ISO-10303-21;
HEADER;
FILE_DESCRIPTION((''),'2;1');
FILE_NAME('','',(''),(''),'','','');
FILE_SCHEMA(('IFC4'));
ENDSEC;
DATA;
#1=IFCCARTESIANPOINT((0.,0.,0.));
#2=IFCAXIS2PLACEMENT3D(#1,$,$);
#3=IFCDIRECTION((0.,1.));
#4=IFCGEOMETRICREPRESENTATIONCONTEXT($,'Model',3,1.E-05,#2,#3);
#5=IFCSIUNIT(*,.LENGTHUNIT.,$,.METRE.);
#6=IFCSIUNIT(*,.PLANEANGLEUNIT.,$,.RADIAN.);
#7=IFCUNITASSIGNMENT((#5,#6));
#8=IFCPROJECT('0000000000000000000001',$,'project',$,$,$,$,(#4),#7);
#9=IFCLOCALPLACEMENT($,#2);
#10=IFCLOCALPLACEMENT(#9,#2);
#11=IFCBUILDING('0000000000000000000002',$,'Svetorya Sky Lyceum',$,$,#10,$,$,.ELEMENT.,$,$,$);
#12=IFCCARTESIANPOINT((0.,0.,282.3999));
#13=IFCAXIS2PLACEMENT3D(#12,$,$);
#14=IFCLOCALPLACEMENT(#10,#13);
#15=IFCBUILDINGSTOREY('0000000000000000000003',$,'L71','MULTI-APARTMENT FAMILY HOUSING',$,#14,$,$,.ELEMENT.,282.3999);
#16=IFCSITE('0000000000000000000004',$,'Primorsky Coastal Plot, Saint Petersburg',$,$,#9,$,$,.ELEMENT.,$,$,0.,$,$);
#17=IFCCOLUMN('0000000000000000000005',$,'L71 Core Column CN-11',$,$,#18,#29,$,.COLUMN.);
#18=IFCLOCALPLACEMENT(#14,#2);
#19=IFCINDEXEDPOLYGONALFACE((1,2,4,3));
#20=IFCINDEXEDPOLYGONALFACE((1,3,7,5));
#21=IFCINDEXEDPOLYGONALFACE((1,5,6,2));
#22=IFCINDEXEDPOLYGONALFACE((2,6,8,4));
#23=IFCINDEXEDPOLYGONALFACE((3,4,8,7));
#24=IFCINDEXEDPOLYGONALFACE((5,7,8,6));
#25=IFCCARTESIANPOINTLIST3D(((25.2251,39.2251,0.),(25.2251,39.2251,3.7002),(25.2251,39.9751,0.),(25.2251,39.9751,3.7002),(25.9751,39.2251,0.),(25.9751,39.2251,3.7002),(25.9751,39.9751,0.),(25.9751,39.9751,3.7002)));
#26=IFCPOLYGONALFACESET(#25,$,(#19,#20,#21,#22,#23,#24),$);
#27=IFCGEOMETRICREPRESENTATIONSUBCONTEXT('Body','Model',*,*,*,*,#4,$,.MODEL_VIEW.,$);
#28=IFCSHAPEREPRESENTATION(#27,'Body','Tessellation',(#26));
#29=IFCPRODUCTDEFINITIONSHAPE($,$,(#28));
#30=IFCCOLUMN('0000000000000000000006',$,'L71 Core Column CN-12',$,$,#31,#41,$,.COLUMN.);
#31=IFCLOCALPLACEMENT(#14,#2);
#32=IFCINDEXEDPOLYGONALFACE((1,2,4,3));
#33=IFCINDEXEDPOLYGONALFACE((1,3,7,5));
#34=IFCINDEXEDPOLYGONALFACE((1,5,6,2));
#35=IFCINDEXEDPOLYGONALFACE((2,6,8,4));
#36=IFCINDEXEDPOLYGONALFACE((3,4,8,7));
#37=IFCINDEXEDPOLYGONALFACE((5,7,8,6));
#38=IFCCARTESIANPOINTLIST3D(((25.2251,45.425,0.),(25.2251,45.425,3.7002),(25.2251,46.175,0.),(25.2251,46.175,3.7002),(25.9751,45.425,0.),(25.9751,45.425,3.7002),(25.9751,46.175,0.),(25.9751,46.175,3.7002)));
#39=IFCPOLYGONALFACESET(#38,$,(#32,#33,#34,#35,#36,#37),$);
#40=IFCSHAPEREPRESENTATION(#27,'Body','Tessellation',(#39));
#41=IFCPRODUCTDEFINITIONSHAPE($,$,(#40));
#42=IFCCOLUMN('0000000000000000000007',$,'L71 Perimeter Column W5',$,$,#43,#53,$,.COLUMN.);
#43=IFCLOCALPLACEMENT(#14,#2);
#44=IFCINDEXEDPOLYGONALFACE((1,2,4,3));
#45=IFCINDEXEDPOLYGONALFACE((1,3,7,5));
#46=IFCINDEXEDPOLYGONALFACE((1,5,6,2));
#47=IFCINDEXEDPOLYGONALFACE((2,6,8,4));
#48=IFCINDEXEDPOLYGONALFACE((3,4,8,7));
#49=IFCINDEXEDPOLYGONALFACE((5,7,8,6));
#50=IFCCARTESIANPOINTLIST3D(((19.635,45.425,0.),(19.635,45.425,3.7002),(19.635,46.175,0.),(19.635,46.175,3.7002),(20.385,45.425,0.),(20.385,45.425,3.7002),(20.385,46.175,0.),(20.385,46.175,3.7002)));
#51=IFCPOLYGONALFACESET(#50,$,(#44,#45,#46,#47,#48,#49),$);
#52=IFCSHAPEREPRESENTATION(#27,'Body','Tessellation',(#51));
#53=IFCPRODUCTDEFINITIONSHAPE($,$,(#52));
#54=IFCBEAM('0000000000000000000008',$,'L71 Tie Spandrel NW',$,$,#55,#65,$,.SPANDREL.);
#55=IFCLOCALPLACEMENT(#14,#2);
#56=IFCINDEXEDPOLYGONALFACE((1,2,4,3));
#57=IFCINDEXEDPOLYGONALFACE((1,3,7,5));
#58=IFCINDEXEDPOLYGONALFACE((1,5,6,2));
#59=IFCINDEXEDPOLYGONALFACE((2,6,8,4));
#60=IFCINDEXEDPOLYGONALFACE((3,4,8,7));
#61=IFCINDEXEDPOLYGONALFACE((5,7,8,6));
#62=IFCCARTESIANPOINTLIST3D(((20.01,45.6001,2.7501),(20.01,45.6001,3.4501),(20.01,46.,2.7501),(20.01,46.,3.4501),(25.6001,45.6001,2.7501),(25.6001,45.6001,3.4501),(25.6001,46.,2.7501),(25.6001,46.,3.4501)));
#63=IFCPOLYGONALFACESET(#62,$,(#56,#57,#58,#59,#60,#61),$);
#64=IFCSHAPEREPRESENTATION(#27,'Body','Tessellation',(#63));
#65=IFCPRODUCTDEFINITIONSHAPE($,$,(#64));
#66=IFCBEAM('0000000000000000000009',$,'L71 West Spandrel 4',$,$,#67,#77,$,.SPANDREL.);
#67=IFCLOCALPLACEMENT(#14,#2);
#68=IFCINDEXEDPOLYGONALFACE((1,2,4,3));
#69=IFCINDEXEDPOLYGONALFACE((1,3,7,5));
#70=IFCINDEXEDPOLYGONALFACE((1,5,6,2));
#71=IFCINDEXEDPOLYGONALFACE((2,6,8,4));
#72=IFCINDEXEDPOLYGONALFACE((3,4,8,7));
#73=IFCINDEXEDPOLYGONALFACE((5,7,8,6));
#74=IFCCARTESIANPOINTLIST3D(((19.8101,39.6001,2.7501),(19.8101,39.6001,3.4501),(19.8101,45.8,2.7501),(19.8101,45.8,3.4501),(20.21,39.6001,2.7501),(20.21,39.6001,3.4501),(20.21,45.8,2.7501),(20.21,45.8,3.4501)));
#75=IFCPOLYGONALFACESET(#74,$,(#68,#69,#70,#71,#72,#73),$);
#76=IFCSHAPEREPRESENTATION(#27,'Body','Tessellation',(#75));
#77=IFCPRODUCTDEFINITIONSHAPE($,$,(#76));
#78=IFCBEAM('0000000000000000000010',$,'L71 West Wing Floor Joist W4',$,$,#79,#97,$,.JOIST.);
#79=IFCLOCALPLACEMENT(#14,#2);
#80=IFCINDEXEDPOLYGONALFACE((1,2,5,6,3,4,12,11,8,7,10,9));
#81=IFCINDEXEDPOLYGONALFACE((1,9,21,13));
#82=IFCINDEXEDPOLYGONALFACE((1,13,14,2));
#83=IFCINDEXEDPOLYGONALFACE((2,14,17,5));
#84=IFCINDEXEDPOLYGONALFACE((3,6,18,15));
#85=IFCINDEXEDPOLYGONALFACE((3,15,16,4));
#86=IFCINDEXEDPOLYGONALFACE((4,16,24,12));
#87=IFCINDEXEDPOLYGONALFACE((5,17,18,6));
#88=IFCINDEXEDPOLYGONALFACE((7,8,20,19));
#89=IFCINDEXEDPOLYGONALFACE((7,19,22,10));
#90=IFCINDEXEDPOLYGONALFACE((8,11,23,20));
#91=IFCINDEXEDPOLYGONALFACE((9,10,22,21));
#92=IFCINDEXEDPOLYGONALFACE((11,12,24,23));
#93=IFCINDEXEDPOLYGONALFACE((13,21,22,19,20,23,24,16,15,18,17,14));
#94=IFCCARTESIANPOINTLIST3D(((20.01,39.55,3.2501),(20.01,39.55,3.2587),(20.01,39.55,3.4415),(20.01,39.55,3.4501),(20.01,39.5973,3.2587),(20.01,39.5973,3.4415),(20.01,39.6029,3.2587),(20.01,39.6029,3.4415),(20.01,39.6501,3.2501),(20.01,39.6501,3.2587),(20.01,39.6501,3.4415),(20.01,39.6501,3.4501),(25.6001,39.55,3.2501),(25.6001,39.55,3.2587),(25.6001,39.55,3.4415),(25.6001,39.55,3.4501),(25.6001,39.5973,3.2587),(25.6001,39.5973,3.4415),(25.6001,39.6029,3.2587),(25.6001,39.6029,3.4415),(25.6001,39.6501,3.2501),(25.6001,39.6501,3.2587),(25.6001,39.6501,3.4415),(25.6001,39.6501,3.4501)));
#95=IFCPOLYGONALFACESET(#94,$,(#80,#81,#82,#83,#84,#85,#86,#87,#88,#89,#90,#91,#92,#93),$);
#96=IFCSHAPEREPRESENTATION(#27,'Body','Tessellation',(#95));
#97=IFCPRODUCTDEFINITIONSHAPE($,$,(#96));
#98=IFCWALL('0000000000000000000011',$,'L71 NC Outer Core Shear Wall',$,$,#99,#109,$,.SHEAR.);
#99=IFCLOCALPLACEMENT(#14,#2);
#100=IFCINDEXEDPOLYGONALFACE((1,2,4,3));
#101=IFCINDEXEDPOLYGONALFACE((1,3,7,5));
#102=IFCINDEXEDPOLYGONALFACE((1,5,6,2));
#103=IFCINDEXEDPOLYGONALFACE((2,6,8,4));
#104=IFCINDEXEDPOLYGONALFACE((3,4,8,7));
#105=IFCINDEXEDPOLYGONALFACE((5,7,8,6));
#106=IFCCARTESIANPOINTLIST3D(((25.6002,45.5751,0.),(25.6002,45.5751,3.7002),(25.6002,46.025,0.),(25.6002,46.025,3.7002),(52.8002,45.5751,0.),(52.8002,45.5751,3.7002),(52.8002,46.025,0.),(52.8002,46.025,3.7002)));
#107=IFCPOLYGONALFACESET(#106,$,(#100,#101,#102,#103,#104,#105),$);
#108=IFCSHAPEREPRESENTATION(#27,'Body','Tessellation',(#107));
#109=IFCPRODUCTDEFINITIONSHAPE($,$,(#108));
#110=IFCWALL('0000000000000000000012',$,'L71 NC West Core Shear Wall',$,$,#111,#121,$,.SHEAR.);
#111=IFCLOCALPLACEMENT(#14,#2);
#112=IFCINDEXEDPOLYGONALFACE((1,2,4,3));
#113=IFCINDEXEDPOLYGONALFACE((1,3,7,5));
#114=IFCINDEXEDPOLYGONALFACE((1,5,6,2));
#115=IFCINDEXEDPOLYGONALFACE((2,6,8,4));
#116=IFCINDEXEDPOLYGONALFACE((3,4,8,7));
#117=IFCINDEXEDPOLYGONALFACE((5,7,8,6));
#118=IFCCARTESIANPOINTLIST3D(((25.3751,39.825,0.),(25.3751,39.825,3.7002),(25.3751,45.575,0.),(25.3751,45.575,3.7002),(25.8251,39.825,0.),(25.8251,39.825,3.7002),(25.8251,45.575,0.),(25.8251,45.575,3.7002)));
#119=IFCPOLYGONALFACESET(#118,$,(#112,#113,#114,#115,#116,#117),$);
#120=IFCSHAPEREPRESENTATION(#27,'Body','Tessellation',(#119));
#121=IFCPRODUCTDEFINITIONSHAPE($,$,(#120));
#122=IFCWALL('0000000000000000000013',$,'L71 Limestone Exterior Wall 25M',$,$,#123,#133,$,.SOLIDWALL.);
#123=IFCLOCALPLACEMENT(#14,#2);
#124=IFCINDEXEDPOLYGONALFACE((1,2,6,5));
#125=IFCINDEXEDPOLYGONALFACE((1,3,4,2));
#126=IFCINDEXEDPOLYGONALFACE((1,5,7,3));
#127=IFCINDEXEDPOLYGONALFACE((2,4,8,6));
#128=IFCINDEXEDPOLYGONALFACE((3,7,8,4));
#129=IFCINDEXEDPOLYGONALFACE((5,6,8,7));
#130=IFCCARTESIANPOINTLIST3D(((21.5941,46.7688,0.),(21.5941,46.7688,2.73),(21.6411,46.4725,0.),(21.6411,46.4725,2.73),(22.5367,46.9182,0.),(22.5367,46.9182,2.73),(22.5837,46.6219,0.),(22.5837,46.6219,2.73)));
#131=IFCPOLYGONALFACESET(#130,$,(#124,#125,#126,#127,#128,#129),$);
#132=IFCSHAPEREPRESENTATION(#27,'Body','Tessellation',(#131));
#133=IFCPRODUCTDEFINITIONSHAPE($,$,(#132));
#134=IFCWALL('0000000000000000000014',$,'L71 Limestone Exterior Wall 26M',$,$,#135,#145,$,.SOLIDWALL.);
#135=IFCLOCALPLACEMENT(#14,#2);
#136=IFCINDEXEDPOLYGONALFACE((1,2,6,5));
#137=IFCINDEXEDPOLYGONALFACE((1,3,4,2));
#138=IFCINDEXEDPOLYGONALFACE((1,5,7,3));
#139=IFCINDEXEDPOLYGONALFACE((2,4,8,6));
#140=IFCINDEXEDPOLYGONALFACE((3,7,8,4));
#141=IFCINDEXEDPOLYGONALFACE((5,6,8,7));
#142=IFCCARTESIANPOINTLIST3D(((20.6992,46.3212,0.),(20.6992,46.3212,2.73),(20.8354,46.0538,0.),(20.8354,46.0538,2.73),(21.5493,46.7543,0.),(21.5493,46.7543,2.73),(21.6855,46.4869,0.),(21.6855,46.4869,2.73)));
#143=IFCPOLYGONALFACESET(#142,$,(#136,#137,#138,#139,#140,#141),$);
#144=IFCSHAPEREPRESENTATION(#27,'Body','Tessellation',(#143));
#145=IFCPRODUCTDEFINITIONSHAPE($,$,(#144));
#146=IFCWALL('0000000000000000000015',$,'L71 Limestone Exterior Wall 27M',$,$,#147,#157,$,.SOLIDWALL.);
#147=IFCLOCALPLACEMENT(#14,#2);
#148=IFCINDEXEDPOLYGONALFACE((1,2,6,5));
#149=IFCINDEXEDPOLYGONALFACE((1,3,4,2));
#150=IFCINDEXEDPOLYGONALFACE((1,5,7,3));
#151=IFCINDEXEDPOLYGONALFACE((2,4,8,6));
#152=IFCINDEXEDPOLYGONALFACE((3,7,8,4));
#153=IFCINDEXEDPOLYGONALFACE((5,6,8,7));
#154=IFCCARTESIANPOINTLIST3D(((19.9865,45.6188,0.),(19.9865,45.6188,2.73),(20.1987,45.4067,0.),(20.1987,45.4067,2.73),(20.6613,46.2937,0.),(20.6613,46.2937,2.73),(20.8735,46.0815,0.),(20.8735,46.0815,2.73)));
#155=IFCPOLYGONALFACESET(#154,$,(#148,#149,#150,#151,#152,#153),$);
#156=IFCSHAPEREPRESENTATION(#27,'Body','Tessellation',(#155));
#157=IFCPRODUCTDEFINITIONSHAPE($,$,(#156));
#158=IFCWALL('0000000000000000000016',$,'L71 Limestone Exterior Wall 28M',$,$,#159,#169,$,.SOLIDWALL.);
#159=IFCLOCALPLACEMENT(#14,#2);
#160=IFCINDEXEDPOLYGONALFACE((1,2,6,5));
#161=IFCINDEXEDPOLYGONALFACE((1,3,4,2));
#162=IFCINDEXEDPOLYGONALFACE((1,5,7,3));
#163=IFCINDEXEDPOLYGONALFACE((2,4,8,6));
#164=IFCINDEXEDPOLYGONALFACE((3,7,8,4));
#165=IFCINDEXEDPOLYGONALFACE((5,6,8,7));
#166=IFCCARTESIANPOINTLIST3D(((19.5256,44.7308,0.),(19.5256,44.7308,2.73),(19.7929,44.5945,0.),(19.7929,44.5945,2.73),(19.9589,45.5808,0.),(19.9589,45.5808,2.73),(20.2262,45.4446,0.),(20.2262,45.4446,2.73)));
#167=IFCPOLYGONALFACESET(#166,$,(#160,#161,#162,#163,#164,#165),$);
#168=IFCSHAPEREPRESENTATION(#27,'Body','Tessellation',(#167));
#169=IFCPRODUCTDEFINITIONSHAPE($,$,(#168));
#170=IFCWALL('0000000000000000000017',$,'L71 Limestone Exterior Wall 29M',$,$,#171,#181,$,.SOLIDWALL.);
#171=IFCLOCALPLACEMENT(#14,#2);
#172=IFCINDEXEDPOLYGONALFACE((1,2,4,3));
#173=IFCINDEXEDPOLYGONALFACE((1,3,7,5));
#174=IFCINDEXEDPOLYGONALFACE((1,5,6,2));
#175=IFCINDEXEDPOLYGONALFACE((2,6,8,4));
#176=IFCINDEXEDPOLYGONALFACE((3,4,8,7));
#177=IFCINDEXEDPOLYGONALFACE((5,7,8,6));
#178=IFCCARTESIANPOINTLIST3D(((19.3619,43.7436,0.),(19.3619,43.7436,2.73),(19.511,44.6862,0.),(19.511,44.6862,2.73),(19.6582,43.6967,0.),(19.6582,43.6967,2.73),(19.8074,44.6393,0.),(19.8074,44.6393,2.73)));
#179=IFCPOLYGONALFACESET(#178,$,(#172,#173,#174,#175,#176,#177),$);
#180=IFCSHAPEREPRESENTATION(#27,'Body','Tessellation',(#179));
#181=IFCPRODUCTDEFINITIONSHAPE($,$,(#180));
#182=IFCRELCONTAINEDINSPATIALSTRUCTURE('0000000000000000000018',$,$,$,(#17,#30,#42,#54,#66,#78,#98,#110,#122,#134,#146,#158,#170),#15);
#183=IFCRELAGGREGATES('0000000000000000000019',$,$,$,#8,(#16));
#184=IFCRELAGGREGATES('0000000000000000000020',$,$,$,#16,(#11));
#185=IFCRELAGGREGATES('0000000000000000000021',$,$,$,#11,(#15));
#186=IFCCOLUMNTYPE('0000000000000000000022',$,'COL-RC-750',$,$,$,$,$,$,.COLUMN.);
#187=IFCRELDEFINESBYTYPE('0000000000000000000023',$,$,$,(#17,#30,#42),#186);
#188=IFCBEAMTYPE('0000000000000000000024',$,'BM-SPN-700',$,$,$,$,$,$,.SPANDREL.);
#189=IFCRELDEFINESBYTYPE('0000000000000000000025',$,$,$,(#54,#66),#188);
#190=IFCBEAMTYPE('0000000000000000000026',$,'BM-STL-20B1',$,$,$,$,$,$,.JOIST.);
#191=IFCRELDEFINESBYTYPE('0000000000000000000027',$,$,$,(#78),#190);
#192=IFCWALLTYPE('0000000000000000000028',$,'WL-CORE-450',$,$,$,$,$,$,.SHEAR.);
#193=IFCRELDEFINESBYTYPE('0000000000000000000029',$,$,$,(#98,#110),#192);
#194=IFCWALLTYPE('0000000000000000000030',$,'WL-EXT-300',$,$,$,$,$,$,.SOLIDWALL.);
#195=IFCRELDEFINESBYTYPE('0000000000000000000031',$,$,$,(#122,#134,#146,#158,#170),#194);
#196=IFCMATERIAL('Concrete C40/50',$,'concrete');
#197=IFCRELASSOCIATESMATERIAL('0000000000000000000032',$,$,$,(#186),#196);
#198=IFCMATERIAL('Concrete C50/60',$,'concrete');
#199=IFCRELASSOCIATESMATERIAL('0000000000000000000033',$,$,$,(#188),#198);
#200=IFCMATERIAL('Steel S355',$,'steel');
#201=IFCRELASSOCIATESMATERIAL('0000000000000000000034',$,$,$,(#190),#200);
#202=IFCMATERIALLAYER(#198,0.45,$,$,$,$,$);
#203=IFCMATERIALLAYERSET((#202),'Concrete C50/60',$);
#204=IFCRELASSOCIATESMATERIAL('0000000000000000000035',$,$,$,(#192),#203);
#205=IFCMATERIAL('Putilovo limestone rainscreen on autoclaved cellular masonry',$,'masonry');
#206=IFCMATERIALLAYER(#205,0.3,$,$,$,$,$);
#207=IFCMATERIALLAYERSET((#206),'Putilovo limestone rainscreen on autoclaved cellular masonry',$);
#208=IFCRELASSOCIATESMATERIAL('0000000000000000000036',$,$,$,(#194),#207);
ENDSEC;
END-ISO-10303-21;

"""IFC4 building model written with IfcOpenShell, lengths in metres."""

from ifc_helpers import new_model, si_unit, direction, frame, frame_2d, origin, origin_2d, place, context, subcontext, project, spatial, rectangle, i_section, extrude, material, layer, layer_set, material_profile, profile_set, type_object, element, save


model = new_model("IFC4")

# Units and contexts
model_context = context("Model", 3, precision=1e-05, world=origin(), true_north=direction((0.0, 1.0)))
body_context = subcontext(model_context, "Body", "Model", "MODEL_VIEW")
ifc_project = project(units=[si_unit("LENGTHUNIT", "METRE"), si_unit("PLANEANGLEUNIT", "RADIAN")], contexts=[model_context])

# Site, building, storey
site_placement = place(None, origin())
site = spatial("IfcSite", under=ifc_project, at=site_placement, Name="Primorsky Coastal Plot, Saint Petersburg", CompositionType="ELEMENT", RefElevation=0.0)
building_placement = place(site_placement, origin())
building = spatial("IfcBuilding", under=site, at=building_placement, Name="Svetorya Sky Lyceum", CompositionType="ELEMENT")
storey_placement = place(building_placement, frame((0.0, 0.0, 282.3999)))
storey = spatial("IfcBuildingStorey", under=building, at=storey_placement, Name="L71", Description="MULTI-APARTMENT FAMILY HOUSING", CompositionType="ELEMENT", Elevation=282.3999)

# Columns
ifc_material_1 = material(Name="Concrete C40/50", Category="concrete")
ifc_material_profile_1 = material_profile(ifc_material_1, rectangle(XDim=0.75, YDim=0.75, at=origin_2d()), Name="RC COL 750x750")
ifc_profile_set_1 = profile_set([ifc_material_profile_1], Name="Concrete C40/50")
column_type = type_object("IfcColumnType", Name="COL-RC-750", PredefinedType="COLUMN", material=ifc_profile_set_1)
for number, where, z_axis, x_axis, name in (
    (1, (25.6001, 39.6001, 0.0), (0.0, 0.0, 1.0), (1.0, 0.0, 0.0), "L71 Core Column CN-11"),
    (2, (25.6001, 45.8, 0.0), (0.0, 0.0, 1.0), (1.0, 0.0, 0.0), "L71 Core Column CN-12"),
    (3, (20.01, 45.8, 0.0), (0.0, 0.0, 1.0), (1.0, 0.0, 0.0), "L71 Perimeter Column W5"),
):
    element("IfcColumn", number, at=place(storey_placement, frame(where, z_axis=z_axis, x_axis=x_axis)), inside=storey, type_object=column_type, Name=name, PredefinedType="COLUMN", context=body_context, shape_type="SweptSolid", body=[
        extrude(rectangle(XDim=0.75, YDim=0.75, at=origin_2d()), origin(), (0.0, 0.0, 1.0), 3.7002),
    ])

# Beams
ifc_material_2 = material(Name="Concrete C50/60", Category="concrete")
ifc_material_profile_2 = material_profile(ifc_material_2, rectangle(XDim=0.3999, YDim=0.7, at=origin_2d()), Name="RC SPANDREL 400x700")
ifc_profile_set_2 = profile_set([ifc_material_profile_2], Name="Concrete C50/60")
beam_type_1 = type_object("IfcBeamType", Name="BM-SPN-700", PredefinedType="SPANDREL", material=ifc_profile_set_2)
beam_1_placement = place(storey_placement, frame((20.01, 45.8, 3.1001), z_axis=(1.0, 0.0, 0.0), x_axis=(0.0, 1.0, 0.0)))
element("IfcBeam", 4, at=beam_1_placement, inside=storey, type_object=beam_type_1, Name="L71 Tie Spandrel NW", PredefinedType="SPANDREL", context=body_context, shape_type="SweptSolid", body=[
    extrude(rectangle(XDim=0.3999, YDim=0.7, at=origin_2d()), origin(), (0.0, 0.0, 1.0), 5.5901),
])
beam_2_placement = place(storey_placement, frame((20.01, 39.6001, 3.1001), z_axis=(0.0, 1.0, 0.0), x_axis=(-1.0, 0.0, 0.0)))
element("IfcBeam", 5, at=beam_2_placement, inside=storey, type_object=beam_type_1, Name="L71 West Spandrel 4", PredefinedType="SPANDREL", context=body_context, shape_type="SweptSolid", body=[
    extrude(rectangle(XDim=0.3999, YDim=0.7, at=origin_2d()), origin(), (0.0, 0.0, 1.0), 6.2),
])
ifc_material_3 = material(Name="Steel S355", Category="steel")
ifc_material_profile_3 = material_profile(ifc_material_3, i_section(OverallWidth=0.1001, OverallDepth=0.2, WebThickness=0.0056, FlangeThickness=0.0085, at=origin_2d()), Name="GOST 20B1")
ifc_profile_set_3 = profile_set([ifc_material_profile_3], Name="Steel S355")
beam_type_2 = type_object("IfcBeamType", Name="BM-STL-20B1", PredefinedType="JOIST", material=ifc_profile_set_3)
beam_3_placement = place(storey_placement, frame((20.01, 39.6001, 3.3501), z_axis=(1.0, 0.0, 0.0), x_axis=(0.0, 1.0, 0.0)))
element("IfcBeam", 6, at=beam_3_placement, inside=storey, type_object=beam_type_2, Name="L71 West Wing Floor Joist W4", PredefinedType="JOIST", context=body_context, shape_type="SweptSolid", body=[
    extrude(i_section(OverallWidth=0.1001, OverallDepth=0.2, WebThickness=0.0056, FlangeThickness=0.0085, at=origin_2d()), origin(), (0.0, 0.0, 1.0), 5.5901),
])

# Walls
ifc_layer_1 = layer(ifc_material_2, 0.45)
ifc_layer_set_1 = layer_set([ifc_layer_1], Name="Concrete C50/60")
wall_type_1 = type_object("IfcWallType", Name="WL-CORE-450", PredefinedType="SHEAR", material=ifc_layer_set_1)
wall_1_placement = place(storey_placement, frame((25.6001, 45.8, 0.0), z_axis=(0.0, 0.0, 1.0), x_axis=(1.0, 0.0, 0.0)))
element("IfcWall", 7, at=wall_1_placement, inside=storey, type_object=wall_type_1, Name="L71 NC Outer Core Shear Wall", PredefinedType="SHEAR", context=body_context, shape_type="SweptSolid", body=[
    extrude(rectangle(XDim=27.2, YDim=0.45, at=frame_2d((13.6001, 0.0))), origin(), (0.0, 0.0, 1.0), 3.7002),
])
wall_2_placement = place(storey_placement, frame((25.6001, 39.825, 0.0), z_axis=(0.0, 0.0, 1.0), x_axis=(0.0, 1.0, 0.0)))
element("IfcWall", 8, at=wall_2_placement, inside=storey, type_object=wall_type_1, Name="L71 NC West Core Shear Wall", PredefinedType="SHEAR", context=body_context, shape_type="SweptSolid", body=[
    extrude(rectangle(XDim=5.75, YDim=0.45, at=frame_2d((2.875, 0.0))), origin(), (0.0, 0.0, 1.0), 3.7002),
])
ifc_material_4 = material(Name="Putilovo limestone rainscreen on autoclaved cellular masonry", Category="masonry")
ifc_layer_2 = layer(ifc_material_4, 0.3)
ifc_layer_set_2 = layer_set([ifc_layer_2], Name="Putilovo limestone rainscreen on autoclaved cellular masonry")
wall_type_2 = type_object("IfcWallType", Name="WL-EXT-300", PredefinedType="SOLIDWALL", material=ifc_layer_set_2)
wall_3_placement = place(storey_placement, frame((22.5601, 46.77, 0.0), z_axis=(0.0, 0.0, 1.0), x_axis=(-0.987669, -0.156554, 0.0)))
element("IfcWall", 9, at=wall_3_placement, inside=storey, type_object=wall_type_2, Name="L71 Limestone Exterior Wall 25M", PredefinedType="SOLIDWALL", context=body_context, shape_type="SweptSolid", body=[
    extrude(rectangle(XDim=0.9543, YDim=0.3, at=frame_2d((0.4771, 0.0))), origin(), (0.0, 0.0, 1.0), 2.73),
])
wall_4_placement = place(storey_placement, frame((21.6174, 46.6206, 0.0), z_axis=(0.0, 0.0, 1.0), x_axis=(-0.891024, -0.453956, 0.0)))
element("IfcWall", 10, at=wall_4_placement, inside=storey, type_object=wall_type_2, Name="L71 Limestone Exterior Wall 26M", PredefinedType="SOLIDWALL", context=body_context, shape_type="SweptSolid", body=[
    extrude(rectangle(XDim=0.9541, YDim=0.3, at=frame_2d((0.4771, 0.0))), origin(), (0.0, 0.0, 1.0), 2.73),
])
wall_5_placement = place(storey_placement, frame((20.7673, 46.1875, 0.0), z_axis=(0.0, 0.0, 1.0), x_axis=(-0.707107, -0.707107, 0.0)))
element("IfcWall", 11, at=wall_5_placement, inside=storey, type_object=wall_type_2, Name="L71 Limestone Exterior Wall 27M", PredefinedType="SOLIDWALL", context=body_context, shape_type="SweptSolid", body=[
    extrude(rectangle(XDim=0.9543, YDim=0.3, at=frame_2d((0.4771, 0.0))), origin(), (0.0, 0.0, 1.0), 2.73),
])
wall_6_placement = place(storey_placement, frame((20.0925, 45.5127, 0.0), z_axis=(0.0, 0.0, 1.0), x_axis=(-0.45416, -0.89092, 0.0)))
element("IfcWall", 12, at=wall_6_placement, inside=storey, type_object=wall_type_2, Name="L71 Limestone Exterior Wall 28M", PredefinedType="SOLIDWALL", context=body_context, shape_type="SweptSolid", body=[
    extrude(rectangle(XDim=0.9541, YDim=0.3, at=frame_2d((0.4771, 0.0))), origin(), (0.0, 0.0, 1.0), 2.73),
])
wall_7_placement = place(storey_placement, frame((19.6592, 44.6626, 0.0), z_axis=(0.0, 0.0, 1.0), x_axis=(-0.156304, -0.987709, 0.0)))
element("IfcWall", 13, at=wall_7_placement, inside=storey, type_object=wall_type_2, Name="L71 Limestone Exterior Wall 29M", PredefinedType="SOLIDWALL", context=body_context, shape_type="SweptSolid", body=[
    extrude(rectangle(XDim=0.9543, YDim=0.3, at=frame_2d((0.4771, 0.0))), origin(), (0.0, 0.0, 1.0), 2.73),
])

save(model, "model.ifc")
